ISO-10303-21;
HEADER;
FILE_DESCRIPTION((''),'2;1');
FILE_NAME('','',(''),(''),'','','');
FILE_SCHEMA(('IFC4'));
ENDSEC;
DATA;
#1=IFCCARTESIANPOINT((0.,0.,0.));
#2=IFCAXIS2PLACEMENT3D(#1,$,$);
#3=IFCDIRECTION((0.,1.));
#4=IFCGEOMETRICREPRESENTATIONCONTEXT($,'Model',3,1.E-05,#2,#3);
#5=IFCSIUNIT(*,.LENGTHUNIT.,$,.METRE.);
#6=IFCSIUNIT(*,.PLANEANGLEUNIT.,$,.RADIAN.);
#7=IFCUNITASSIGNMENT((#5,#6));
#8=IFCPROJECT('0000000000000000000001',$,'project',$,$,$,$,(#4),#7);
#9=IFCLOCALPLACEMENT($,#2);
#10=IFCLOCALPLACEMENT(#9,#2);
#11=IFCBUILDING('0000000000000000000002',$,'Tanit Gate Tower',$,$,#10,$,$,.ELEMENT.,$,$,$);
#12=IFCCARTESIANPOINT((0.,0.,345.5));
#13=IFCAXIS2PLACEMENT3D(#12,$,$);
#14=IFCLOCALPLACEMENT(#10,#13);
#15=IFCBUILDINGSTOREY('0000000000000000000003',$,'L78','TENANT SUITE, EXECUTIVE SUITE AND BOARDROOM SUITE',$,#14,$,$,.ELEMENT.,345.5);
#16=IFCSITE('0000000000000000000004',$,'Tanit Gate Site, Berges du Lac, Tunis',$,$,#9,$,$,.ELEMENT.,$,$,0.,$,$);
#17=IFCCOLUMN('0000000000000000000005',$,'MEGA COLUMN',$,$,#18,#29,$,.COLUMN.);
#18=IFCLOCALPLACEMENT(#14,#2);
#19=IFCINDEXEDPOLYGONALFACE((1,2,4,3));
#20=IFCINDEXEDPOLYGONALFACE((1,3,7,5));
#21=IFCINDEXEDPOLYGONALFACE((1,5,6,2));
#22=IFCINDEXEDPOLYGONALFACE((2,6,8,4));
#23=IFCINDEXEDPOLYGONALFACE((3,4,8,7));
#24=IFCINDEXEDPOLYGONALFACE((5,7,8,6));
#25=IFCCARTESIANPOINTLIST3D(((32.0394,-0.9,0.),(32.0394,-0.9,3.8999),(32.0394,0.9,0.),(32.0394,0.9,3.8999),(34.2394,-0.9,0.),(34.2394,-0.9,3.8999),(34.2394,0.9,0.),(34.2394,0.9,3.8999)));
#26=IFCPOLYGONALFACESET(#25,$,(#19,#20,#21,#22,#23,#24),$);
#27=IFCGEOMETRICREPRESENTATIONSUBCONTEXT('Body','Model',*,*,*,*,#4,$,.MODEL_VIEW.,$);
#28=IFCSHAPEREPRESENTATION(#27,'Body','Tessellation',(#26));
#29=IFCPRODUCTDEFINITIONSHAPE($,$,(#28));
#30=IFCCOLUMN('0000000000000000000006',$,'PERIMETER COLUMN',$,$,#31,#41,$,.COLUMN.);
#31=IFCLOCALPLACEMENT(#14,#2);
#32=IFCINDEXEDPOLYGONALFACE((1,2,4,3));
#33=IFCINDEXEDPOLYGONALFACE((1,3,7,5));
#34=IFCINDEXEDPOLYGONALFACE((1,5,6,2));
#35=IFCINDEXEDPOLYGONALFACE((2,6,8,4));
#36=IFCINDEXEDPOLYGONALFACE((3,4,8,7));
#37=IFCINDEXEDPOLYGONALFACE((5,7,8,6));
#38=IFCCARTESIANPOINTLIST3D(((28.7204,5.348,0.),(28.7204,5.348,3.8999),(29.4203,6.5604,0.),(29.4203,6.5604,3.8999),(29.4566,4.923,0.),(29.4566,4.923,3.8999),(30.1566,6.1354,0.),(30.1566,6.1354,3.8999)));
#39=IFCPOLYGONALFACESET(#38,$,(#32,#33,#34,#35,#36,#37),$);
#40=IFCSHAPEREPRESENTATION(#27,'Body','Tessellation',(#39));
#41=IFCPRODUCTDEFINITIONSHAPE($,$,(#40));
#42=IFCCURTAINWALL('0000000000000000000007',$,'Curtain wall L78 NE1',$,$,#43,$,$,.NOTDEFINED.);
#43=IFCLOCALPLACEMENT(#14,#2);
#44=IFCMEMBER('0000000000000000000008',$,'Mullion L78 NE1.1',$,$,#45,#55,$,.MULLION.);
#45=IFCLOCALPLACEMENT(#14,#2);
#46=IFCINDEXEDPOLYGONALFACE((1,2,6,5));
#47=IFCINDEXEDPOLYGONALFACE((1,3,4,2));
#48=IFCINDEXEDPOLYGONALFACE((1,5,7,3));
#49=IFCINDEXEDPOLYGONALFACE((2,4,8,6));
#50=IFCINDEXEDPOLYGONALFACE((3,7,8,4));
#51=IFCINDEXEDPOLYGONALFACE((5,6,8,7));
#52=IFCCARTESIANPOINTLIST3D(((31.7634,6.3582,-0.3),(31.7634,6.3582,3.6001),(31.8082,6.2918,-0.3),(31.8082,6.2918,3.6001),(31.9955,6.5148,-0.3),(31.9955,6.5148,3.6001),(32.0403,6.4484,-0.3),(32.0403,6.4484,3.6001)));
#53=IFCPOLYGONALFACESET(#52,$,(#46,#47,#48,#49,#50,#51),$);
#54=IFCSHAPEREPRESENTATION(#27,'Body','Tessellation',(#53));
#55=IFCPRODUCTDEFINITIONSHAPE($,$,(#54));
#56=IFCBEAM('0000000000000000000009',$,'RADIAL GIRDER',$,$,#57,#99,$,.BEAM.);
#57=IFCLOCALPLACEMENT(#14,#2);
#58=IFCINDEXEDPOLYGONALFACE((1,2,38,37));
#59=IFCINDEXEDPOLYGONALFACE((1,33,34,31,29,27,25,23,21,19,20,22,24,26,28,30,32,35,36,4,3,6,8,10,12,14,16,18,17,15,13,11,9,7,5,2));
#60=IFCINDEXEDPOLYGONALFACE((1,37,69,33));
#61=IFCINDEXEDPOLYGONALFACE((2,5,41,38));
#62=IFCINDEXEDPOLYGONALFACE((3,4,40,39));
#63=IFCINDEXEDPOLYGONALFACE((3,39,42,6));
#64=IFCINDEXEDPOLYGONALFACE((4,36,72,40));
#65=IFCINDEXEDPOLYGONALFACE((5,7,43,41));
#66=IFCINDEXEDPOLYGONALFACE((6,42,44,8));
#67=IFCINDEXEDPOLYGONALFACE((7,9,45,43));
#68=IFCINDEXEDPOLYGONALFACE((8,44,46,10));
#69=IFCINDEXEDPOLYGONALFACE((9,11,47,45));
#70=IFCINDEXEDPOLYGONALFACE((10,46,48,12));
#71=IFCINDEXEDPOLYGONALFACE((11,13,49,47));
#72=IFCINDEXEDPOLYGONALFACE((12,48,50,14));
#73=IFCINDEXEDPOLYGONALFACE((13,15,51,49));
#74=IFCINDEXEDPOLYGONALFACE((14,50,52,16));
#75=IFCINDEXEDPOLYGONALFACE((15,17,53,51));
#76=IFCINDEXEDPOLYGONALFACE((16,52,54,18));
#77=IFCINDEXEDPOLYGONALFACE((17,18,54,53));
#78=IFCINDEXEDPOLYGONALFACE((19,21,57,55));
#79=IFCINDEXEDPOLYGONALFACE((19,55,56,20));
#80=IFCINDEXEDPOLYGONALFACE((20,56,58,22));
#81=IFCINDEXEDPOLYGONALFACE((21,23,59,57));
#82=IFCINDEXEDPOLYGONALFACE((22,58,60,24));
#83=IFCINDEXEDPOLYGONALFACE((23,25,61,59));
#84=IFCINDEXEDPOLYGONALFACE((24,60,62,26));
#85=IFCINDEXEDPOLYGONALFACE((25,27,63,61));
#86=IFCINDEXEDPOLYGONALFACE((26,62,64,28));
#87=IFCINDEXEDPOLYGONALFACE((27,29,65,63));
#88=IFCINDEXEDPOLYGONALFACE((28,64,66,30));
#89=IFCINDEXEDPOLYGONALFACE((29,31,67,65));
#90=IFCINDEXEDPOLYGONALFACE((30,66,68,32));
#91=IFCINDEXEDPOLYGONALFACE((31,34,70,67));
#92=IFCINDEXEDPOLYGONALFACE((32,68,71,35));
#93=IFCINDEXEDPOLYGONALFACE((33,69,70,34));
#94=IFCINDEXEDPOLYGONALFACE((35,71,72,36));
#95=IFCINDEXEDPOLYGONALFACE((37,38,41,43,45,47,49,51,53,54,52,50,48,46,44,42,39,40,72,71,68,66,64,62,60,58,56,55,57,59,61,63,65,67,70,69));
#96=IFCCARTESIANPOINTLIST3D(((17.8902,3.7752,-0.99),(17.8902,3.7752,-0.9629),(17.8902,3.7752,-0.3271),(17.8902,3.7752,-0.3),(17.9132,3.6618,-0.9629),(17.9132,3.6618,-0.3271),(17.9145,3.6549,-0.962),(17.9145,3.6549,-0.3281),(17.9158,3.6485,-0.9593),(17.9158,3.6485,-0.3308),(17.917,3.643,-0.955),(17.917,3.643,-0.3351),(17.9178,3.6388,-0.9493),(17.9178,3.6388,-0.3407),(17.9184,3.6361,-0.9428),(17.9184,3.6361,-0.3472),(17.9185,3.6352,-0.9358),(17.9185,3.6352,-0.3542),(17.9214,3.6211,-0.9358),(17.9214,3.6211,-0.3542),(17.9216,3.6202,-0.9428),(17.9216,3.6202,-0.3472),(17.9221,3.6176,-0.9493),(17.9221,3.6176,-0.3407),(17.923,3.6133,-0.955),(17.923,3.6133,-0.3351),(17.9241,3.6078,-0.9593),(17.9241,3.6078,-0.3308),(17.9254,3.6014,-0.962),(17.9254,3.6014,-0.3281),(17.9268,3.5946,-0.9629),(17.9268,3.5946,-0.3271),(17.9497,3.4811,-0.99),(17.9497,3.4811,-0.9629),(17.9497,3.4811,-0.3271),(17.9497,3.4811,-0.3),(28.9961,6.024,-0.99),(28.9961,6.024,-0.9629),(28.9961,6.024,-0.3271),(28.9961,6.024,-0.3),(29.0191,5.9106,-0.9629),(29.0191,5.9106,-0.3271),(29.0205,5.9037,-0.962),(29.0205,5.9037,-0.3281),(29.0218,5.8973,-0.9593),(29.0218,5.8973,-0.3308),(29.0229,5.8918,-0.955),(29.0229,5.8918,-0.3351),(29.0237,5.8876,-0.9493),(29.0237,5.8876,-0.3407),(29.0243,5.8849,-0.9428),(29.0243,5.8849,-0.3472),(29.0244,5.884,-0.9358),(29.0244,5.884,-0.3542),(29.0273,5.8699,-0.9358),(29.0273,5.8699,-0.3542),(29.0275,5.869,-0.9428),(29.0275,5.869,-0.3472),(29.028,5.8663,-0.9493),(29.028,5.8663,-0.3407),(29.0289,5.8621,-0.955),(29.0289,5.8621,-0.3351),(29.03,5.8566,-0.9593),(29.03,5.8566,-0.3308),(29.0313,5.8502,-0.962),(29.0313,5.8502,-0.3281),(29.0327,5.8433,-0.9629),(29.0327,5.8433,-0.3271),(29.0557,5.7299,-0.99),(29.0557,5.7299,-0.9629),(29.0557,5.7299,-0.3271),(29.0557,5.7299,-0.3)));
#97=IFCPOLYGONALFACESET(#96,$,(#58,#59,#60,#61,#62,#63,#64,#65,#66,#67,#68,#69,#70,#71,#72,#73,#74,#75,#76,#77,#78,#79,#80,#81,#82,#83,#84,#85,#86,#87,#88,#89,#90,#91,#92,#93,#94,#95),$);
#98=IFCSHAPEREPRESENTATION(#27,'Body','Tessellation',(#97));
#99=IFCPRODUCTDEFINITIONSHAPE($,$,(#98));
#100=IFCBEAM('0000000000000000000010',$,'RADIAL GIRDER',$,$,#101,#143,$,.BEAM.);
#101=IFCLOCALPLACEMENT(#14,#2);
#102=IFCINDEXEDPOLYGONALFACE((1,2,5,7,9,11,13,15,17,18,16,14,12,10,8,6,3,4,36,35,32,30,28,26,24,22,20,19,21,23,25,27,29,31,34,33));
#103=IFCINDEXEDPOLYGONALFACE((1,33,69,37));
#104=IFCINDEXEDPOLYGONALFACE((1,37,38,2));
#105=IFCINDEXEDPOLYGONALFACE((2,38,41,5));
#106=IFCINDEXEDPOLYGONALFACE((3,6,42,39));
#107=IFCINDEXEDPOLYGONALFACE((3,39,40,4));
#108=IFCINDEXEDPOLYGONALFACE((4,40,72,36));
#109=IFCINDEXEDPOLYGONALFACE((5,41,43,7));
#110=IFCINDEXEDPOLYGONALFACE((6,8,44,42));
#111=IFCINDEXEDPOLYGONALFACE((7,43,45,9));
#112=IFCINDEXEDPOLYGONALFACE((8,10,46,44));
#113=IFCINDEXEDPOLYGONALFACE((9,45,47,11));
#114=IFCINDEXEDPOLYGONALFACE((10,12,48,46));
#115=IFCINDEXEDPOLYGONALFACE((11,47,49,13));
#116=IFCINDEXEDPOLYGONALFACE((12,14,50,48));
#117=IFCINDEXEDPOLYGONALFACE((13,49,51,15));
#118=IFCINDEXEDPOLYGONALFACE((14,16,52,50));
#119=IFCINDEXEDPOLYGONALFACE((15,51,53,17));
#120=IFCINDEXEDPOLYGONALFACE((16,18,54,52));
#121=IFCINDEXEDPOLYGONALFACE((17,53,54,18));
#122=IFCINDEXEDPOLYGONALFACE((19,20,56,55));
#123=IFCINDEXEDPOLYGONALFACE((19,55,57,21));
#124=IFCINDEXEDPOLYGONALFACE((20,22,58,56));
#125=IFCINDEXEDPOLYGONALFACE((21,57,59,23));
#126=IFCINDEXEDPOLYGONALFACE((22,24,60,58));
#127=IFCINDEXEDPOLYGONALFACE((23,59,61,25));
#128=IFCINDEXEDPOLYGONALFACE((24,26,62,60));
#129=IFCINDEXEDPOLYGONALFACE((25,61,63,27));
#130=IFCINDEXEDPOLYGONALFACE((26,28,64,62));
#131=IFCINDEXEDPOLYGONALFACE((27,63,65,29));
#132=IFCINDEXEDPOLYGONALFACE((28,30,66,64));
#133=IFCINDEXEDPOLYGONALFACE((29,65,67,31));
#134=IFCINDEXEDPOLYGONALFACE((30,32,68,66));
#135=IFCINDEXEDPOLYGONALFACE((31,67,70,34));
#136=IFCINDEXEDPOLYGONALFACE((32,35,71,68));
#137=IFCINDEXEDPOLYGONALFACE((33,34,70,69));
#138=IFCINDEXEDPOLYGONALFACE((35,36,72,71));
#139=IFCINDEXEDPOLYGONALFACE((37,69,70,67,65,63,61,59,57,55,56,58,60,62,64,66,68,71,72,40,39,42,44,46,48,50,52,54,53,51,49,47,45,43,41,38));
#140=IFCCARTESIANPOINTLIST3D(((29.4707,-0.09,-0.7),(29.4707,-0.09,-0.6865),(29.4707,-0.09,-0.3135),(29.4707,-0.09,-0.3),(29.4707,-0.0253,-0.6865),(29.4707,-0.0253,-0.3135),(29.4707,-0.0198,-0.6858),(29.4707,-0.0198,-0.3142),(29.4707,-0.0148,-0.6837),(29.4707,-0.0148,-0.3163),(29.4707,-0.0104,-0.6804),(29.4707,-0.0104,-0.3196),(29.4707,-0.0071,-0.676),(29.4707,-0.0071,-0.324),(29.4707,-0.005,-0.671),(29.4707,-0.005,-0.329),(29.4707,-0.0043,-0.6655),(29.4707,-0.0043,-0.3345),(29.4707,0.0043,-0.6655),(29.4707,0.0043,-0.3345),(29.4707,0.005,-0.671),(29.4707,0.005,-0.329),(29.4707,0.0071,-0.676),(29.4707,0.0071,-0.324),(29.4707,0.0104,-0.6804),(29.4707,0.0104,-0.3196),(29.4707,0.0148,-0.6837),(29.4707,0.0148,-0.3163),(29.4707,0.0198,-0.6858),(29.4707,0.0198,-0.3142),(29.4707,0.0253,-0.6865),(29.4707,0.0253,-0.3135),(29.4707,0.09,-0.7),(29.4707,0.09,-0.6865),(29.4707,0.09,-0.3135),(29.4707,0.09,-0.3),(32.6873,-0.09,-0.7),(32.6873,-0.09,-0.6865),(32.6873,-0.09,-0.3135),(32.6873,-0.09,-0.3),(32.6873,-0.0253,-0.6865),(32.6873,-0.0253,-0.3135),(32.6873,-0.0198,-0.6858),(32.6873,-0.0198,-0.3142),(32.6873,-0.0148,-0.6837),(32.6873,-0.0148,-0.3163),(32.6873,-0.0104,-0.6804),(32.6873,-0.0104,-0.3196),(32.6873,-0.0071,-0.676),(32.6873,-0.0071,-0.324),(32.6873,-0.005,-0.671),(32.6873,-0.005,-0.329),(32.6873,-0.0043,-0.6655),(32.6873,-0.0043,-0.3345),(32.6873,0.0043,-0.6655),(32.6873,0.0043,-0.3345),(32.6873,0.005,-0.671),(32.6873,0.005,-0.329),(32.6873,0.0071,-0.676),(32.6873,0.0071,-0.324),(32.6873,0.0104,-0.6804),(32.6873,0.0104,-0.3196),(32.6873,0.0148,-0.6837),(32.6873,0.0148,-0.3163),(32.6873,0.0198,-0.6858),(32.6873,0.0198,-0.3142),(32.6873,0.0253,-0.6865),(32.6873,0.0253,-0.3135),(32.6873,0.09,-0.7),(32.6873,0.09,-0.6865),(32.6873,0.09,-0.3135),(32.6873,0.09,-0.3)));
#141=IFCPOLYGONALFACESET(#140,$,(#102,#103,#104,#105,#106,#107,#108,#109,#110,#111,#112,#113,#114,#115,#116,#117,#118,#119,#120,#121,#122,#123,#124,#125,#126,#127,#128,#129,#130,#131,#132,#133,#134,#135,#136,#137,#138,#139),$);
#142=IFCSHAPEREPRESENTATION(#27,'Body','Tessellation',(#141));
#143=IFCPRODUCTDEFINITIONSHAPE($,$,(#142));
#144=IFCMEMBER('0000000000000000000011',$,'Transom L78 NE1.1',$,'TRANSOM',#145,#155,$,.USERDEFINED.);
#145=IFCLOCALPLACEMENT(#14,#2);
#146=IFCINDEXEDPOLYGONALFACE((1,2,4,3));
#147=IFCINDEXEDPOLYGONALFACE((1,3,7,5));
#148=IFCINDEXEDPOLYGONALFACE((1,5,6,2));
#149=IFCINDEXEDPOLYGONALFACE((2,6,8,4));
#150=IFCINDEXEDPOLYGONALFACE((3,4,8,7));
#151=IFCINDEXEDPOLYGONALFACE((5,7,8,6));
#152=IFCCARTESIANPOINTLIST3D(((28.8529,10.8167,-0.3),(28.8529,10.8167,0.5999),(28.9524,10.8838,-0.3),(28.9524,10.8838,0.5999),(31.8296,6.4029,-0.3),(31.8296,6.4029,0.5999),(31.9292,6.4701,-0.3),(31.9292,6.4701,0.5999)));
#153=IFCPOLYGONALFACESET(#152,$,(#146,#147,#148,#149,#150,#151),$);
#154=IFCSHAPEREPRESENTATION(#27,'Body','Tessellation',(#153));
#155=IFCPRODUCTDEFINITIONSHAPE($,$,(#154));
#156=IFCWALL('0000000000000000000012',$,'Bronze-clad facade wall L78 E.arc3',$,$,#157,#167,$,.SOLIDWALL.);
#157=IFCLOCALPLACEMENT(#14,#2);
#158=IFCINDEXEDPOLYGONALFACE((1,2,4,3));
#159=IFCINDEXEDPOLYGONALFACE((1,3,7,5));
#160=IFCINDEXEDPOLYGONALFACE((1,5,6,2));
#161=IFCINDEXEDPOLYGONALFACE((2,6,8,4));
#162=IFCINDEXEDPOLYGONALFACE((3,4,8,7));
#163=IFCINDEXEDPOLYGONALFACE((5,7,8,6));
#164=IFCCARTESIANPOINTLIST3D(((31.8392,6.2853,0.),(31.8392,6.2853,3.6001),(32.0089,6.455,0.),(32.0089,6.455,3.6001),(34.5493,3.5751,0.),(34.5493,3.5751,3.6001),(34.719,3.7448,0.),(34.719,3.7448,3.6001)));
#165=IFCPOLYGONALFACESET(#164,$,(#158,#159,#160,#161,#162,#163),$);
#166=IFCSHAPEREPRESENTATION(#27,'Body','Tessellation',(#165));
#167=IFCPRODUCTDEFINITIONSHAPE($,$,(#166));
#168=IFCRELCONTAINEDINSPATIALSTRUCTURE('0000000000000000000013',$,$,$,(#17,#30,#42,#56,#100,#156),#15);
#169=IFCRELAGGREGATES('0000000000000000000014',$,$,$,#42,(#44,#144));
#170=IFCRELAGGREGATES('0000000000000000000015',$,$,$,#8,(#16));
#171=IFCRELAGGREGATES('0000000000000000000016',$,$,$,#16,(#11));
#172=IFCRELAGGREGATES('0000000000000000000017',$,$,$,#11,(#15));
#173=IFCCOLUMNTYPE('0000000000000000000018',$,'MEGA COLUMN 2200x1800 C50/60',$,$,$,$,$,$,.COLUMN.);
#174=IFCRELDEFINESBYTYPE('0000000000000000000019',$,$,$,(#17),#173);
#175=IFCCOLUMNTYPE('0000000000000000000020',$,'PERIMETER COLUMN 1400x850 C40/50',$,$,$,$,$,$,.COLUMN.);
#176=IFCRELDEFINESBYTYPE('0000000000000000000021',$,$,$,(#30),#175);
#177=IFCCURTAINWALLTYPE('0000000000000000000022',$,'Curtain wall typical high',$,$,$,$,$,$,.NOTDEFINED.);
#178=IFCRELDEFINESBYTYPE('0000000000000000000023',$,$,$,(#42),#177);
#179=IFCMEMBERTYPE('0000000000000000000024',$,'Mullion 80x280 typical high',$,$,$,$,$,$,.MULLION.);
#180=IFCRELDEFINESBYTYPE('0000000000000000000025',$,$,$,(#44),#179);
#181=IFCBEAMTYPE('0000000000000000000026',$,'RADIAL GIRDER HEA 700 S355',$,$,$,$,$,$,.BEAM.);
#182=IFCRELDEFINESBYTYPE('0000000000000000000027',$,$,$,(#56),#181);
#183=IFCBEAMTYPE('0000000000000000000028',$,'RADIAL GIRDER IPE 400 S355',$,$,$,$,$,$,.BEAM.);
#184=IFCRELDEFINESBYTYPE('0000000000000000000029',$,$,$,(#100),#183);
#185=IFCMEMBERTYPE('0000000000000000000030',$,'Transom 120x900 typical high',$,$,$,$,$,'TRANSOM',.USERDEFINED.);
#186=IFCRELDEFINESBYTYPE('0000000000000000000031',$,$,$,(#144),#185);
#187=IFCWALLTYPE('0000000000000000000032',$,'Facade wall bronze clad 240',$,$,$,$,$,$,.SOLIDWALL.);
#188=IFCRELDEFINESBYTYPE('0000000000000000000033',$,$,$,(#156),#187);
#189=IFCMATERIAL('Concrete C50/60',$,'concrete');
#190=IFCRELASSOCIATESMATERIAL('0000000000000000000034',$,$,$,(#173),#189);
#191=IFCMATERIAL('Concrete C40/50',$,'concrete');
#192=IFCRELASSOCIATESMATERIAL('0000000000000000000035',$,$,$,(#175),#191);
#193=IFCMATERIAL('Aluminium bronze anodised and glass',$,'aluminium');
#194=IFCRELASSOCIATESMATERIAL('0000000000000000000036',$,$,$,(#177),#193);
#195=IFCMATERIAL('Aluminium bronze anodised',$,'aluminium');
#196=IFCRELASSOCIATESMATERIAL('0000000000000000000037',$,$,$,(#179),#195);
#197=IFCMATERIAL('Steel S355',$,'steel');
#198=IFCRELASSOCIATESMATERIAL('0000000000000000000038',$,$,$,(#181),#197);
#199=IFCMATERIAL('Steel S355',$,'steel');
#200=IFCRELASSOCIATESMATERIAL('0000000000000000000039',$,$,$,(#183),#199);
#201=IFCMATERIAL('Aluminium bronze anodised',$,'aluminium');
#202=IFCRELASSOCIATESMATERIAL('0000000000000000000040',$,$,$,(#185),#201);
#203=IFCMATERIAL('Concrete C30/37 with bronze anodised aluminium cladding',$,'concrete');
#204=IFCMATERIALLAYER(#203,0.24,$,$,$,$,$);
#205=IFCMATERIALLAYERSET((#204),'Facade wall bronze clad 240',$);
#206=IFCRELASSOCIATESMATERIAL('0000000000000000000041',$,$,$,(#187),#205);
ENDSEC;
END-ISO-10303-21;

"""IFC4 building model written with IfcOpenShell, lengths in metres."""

from ifc_helpers import new_model, si_unit, direction, frame, frame_2d, origin, origin_2d, place, context, subcontext, project, spatial, rectangle, i_section, extrude, material, layer, layer_set, material_profile, profile_set, type_object, element, aggregate, save


model = new_model("IFC4")

# Units and contexts
model_context = context("Model", 3, precision=1e-05, world=origin(), true_north=direction((0.0, 1.0)))
body_context = subcontext(model_context, "Body", "Model", "MODEL_VIEW")
ifc_project = project(units=[si_unit("LENGTHUNIT", "METRE"), si_unit("PLANEANGLEUNIT", "RADIAN")], contexts=[model_context])

# Site, building, storey
site_placement = place(None, origin())
site = spatial("IfcSite", under=ifc_project, at=site_placement, Name="Tanit Gate Site, Berges du Lac, Tunis", CompositionType="ELEMENT", RefElevation=0.0)
building_placement = place(site_placement, origin())
building = spatial("IfcBuilding", under=site, at=building_placement, Name="Tanit Gate Tower", CompositionType="ELEMENT")
storey_placement = place(building_placement, frame((0.0, 0.0, 345.5)))
storey = spatial("IfcBuildingStorey", under=building, at=storey_placement, Name="L78", Description="TENANT SUITE, EXECUTIVE SUITE AND BOARDROOM SUITE", CompositionType="ELEMENT", Elevation=345.5)

# Columns
ifc_material_1 = material(Name="Concrete C50/60", Category="concrete")
ifc_material_profile_1 = material_profile(ifc_material_1, rectangle(XDim=2.2, YDim=1.8, at=origin_2d()), Name="RC 2200x1800")
ifc_profile_set_1 = profile_set([ifc_material_profile_1], Name="Concrete C50/60")
column_type_1 = type_object("IfcColumnType", Name="MEGA COLUMN 2200x1800 C50/60", PredefinedType="COLUMN", material=ifc_profile_set_1)
column_1_placement = place(storey_placement, frame((33.1394, 0.0, 0.0), z_axis=(0.0, 0.0, 1.0), x_axis=(1.0, 0.0, 0.0)))
element("IfcColumn", 1, at=column_1_placement, inside=storey, type_object=column_type_1, Name="MEGA COLUMN", PredefinedType="COLUMN", context=body_context, shape_type="SweptSolid", body=[
    extrude(rectangle(XDim=2.2, YDim=1.8, at=origin_2d()), origin(), (0.0, 0.0, 1.0), 3.8999),
])
ifc_material_2 = material(Name="Concrete C40/50", Category="concrete")
ifc_material_profile_2 = material_profile(ifc_material_2, rectangle(XDim=1.3999, YDim=0.8501, at=origin_2d()), Name="RC 1400x850")
ifc_profile_set_2 = profile_set([ifc_material_profile_2], Name="Concrete C40/50")
column_type_2 = type_object("IfcColumnType", Name="PERIMETER COLUMN 1400x850 C40/50", PredefinedType="COLUMN", material=ifc_profile_set_2)
column_2_placement = place(storey_placement, frame((29.4385, 5.7417, 0.0), z_axis=(0.0, 0.0, 1.0), x_axis=(0.5, 0.866025, 0.0)))
element("IfcColumn", 2, at=column_2_placement, inside=storey, type_object=column_type_2, Name="PERIMETER COLUMN", PredefinedType="COLUMN", context=body_context, shape_type="SweptSolid", body=[
    extrude(rectangle(XDim=1.3999, YDim=0.8501, at=origin_2d()), origin(), (0.0, 0.0, 1.0), 3.8999),
])

# Curtain wall, member
ifc_material_3 = material(Name="Aluminium bronze anodised and glass", Category="aluminium")
curtain_wall_type = type_object("IfcCurtainWallType", Name="Curtain wall typical high", PredefinedType="NOTDEFINED", material=ifc_material_3)
curtain_wall_placement = place(storey_placement, origin())
curtain_wall = element("IfcCurtainWall", 3, at=curtain_wall_placement, inside=storey, type_object=curtain_wall_type, Name="Curtain wall L78 NE1", PredefinedType="NOTDEFINED")
ifc_material_4 = material(Name="Aluminium bronze anodised", Category="aluminium")
ifc_material_profile_3 = material_profile(ifc_material_4, rectangle(XDim=0.28, YDim=0.0801, at=origin_2d()), Name="80x280 bronze mullion")
ifc_profile_set_3 = profile_set([ifc_material_profile_3], Name="Aluminium bronze anodised")
member_type_1 = type_object("IfcMemberType", Name="Mullion 80x280 typical high", PredefinedType="MULLION", material=ifc_profile_set_3)
member_1_placement = place(storey_placement, frame((31.9019, 6.4033, -0.3), z_axis=(0.0, 0.0, 1.0), x_axis=(-0.829068, -0.559148, 0.0)))
member_1 = element("IfcMember", 4, at=member_1_placement, type_object=member_type_1, Name="Mullion L78 NE1.1", PredefinedType="MULLION", context=body_context, shape_type="SweptSolid", body=[
    extrude(rectangle(XDim=0.28, YDim=0.0801, at=origin_2d()), origin(), (0.0, 0.0, 1.0), 3.9001),
])

# Beams
ifc_material_5 = material(Name="Steel S355", Category="steel")
ifc_material_profile_4 = material_profile(ifc_material_5, i_section(OverallWidth=0.3, OverallDepth=0.6899, WebThickness=0.0144, FlangeThickness=0.0271, FilletRadius=0.0271, at=origin_2d()), Name="HEA 700")
ifc_profile_set_4 = profile_set([ifc_material_profile_4], Name="Steel S355")
beam_type_1 = type_object("IfcBeamType", Name="RADIAL GIRDER HEA 700 S355", PredefinedType="BEAM", material=ifc_profile_set_4)
beam_1_placement = place(storey_placement, frame((29.0259, 5.877, -0.645), z_axis=(-0.98011, -0.198457, 0.0), x_axis=(0.198457, -0.98011, 0.0)))
element("IfcBeam", 5, at=beam_1_placement, inside=storey, type_object=beam_type_1, Name="RADIAL GIRDER", PredefinedType="BEAM", context=body_context, shape_type="SweptSolid", body=[
    extrude(i_section(OverallWidth=0.3, OverallDepth=0.6899, WebThickness=0.0144, FlangeThickness=0.0271, FilletRadius=0.0271, at=origin_2d()), origin(), (0.0, 0.0, 1.0), 11.3313),
])
ifc_material_6 = material(Name="Steel S355", Category="steel")
ifc_material_profile_5 = material_profile(ifc_material_6, i_section(OverallWidth=0.1799, OverallDepth=0.3999, WebThickness=0.0085, FlangeThickness=0.0134, FilletRadius=0.021, at=origin_2d()), Name="IPE 400")
ifc_profile_set_5 = profile_set([ifc_material_profile_5], Name="Steel S355")
beam_type_2 = type_object("IfcBeamType", Name="RADIAL GIRDER IPE 400 S355", PredefinedType="BEAM", material=ifc_profile_set_5)
beam_2_placement = place(storey_placement, frame((32.6873, 0.0, -0.5), z_axis=(-1.0, 0.0, 0.0), x_axis=(0.0, -1.0, 0.0)))
element("IfcBeam", 6, at=beam_2_placement, inside=storey, type_object=beam_type_2, Name="RADIAL GIRDER", PredefinedType="BEAM", context=body_context, shape_type="SweptSolid", body=[
    extrude(i_section(OverallWidth=0.1799, OverallDepth=0.3999, WebThickness=0.0085, FlangeThickness=0.0134, FilletRadius=0.021, at=origin_2d()), origin(), (0.0, 0.0, 1.0), 3.2166),
])

# Member
ifc_material_7 = material(Name="Aluminium bronze anodised", Category="aluminium")
ifc_material_profile_6 = material_profile(ifc_material_7, rectangle(XDim=0.1201, YDim=0.8999, at=origin_2d()), Name="120x900 bronze transom")
ifc_profile_set_6 = profile_set([ifc_material_profile_6], Name="Aluminium bronze anodised")
member_type_2 = type_object("IfcMemberType", Name="Transom 120x900 typical high", ElementType="TRANSOM", PredefinedType="USERDEFINED", material=ifc_profile_set_6)
member_2_placement = place(storey_placement, frame((31.8794, 6.4365, 0.1499), z_axis=(-0.559148, 0.829068, 0.0), x_axis=(-0.829068, -0.559148, 0.0)))
member_2 = element("IfcMember", 7, at=member_2_placement, type_object=member_type_2, Name="Transom L78 NE1.1", ObjectType="TRANSOM", PredefinedType="USERDEFINED", context=body_context, shape_type="SweptSolid", body=[
    extrude(rectangle(XDim=0.1201, YDim=0.8999, at=origin_2d()), origin(), (0.0, 0.0, 1.0), 5.3237),
])
aggregate(curtain_wall, [member_1, member_2])

# Wall
ifc_material_8 = material(Name="Concrete C30/37 with bronze anodised aluminium cladding", Category="concrete")
ifc_layer_1 = layer(ifc_material_8, 0.24)
ifc_layer_set_1 = layer_set([ifc_layer_1], Name="Facade wall bronze clad 240")
wall_type_1 = type_object("IfcWallType", Name="Facade wall bronze clad 240", PredefinedType="SOLIDWALL", material=ifc_layer_set_1)
wall_1_placement = place(storey_placement, frame((34.6343, 3.6599, 0.0), z_axis=(0.0, 0.0, 1.0), x_axis=(-0.707107, 0.707107, 0.0)))
element("IfcWall", 8, at=wall_1_placement, inside=storey, type_object=wall_type_1, Name="Bronze-clad facade wall L78 E.arc3", PredefinedType="SOLIDWALL", context=body_context, shape_type="SweptSolid", body=[
    extrude(rectangle(XDim=3.8328, YDim=0.24, at=frame_2d((1.9165, 0.0))), origin(), (0.0, 0.0, 1.0), 3.6001),
])

save(model, "model.ifc")
